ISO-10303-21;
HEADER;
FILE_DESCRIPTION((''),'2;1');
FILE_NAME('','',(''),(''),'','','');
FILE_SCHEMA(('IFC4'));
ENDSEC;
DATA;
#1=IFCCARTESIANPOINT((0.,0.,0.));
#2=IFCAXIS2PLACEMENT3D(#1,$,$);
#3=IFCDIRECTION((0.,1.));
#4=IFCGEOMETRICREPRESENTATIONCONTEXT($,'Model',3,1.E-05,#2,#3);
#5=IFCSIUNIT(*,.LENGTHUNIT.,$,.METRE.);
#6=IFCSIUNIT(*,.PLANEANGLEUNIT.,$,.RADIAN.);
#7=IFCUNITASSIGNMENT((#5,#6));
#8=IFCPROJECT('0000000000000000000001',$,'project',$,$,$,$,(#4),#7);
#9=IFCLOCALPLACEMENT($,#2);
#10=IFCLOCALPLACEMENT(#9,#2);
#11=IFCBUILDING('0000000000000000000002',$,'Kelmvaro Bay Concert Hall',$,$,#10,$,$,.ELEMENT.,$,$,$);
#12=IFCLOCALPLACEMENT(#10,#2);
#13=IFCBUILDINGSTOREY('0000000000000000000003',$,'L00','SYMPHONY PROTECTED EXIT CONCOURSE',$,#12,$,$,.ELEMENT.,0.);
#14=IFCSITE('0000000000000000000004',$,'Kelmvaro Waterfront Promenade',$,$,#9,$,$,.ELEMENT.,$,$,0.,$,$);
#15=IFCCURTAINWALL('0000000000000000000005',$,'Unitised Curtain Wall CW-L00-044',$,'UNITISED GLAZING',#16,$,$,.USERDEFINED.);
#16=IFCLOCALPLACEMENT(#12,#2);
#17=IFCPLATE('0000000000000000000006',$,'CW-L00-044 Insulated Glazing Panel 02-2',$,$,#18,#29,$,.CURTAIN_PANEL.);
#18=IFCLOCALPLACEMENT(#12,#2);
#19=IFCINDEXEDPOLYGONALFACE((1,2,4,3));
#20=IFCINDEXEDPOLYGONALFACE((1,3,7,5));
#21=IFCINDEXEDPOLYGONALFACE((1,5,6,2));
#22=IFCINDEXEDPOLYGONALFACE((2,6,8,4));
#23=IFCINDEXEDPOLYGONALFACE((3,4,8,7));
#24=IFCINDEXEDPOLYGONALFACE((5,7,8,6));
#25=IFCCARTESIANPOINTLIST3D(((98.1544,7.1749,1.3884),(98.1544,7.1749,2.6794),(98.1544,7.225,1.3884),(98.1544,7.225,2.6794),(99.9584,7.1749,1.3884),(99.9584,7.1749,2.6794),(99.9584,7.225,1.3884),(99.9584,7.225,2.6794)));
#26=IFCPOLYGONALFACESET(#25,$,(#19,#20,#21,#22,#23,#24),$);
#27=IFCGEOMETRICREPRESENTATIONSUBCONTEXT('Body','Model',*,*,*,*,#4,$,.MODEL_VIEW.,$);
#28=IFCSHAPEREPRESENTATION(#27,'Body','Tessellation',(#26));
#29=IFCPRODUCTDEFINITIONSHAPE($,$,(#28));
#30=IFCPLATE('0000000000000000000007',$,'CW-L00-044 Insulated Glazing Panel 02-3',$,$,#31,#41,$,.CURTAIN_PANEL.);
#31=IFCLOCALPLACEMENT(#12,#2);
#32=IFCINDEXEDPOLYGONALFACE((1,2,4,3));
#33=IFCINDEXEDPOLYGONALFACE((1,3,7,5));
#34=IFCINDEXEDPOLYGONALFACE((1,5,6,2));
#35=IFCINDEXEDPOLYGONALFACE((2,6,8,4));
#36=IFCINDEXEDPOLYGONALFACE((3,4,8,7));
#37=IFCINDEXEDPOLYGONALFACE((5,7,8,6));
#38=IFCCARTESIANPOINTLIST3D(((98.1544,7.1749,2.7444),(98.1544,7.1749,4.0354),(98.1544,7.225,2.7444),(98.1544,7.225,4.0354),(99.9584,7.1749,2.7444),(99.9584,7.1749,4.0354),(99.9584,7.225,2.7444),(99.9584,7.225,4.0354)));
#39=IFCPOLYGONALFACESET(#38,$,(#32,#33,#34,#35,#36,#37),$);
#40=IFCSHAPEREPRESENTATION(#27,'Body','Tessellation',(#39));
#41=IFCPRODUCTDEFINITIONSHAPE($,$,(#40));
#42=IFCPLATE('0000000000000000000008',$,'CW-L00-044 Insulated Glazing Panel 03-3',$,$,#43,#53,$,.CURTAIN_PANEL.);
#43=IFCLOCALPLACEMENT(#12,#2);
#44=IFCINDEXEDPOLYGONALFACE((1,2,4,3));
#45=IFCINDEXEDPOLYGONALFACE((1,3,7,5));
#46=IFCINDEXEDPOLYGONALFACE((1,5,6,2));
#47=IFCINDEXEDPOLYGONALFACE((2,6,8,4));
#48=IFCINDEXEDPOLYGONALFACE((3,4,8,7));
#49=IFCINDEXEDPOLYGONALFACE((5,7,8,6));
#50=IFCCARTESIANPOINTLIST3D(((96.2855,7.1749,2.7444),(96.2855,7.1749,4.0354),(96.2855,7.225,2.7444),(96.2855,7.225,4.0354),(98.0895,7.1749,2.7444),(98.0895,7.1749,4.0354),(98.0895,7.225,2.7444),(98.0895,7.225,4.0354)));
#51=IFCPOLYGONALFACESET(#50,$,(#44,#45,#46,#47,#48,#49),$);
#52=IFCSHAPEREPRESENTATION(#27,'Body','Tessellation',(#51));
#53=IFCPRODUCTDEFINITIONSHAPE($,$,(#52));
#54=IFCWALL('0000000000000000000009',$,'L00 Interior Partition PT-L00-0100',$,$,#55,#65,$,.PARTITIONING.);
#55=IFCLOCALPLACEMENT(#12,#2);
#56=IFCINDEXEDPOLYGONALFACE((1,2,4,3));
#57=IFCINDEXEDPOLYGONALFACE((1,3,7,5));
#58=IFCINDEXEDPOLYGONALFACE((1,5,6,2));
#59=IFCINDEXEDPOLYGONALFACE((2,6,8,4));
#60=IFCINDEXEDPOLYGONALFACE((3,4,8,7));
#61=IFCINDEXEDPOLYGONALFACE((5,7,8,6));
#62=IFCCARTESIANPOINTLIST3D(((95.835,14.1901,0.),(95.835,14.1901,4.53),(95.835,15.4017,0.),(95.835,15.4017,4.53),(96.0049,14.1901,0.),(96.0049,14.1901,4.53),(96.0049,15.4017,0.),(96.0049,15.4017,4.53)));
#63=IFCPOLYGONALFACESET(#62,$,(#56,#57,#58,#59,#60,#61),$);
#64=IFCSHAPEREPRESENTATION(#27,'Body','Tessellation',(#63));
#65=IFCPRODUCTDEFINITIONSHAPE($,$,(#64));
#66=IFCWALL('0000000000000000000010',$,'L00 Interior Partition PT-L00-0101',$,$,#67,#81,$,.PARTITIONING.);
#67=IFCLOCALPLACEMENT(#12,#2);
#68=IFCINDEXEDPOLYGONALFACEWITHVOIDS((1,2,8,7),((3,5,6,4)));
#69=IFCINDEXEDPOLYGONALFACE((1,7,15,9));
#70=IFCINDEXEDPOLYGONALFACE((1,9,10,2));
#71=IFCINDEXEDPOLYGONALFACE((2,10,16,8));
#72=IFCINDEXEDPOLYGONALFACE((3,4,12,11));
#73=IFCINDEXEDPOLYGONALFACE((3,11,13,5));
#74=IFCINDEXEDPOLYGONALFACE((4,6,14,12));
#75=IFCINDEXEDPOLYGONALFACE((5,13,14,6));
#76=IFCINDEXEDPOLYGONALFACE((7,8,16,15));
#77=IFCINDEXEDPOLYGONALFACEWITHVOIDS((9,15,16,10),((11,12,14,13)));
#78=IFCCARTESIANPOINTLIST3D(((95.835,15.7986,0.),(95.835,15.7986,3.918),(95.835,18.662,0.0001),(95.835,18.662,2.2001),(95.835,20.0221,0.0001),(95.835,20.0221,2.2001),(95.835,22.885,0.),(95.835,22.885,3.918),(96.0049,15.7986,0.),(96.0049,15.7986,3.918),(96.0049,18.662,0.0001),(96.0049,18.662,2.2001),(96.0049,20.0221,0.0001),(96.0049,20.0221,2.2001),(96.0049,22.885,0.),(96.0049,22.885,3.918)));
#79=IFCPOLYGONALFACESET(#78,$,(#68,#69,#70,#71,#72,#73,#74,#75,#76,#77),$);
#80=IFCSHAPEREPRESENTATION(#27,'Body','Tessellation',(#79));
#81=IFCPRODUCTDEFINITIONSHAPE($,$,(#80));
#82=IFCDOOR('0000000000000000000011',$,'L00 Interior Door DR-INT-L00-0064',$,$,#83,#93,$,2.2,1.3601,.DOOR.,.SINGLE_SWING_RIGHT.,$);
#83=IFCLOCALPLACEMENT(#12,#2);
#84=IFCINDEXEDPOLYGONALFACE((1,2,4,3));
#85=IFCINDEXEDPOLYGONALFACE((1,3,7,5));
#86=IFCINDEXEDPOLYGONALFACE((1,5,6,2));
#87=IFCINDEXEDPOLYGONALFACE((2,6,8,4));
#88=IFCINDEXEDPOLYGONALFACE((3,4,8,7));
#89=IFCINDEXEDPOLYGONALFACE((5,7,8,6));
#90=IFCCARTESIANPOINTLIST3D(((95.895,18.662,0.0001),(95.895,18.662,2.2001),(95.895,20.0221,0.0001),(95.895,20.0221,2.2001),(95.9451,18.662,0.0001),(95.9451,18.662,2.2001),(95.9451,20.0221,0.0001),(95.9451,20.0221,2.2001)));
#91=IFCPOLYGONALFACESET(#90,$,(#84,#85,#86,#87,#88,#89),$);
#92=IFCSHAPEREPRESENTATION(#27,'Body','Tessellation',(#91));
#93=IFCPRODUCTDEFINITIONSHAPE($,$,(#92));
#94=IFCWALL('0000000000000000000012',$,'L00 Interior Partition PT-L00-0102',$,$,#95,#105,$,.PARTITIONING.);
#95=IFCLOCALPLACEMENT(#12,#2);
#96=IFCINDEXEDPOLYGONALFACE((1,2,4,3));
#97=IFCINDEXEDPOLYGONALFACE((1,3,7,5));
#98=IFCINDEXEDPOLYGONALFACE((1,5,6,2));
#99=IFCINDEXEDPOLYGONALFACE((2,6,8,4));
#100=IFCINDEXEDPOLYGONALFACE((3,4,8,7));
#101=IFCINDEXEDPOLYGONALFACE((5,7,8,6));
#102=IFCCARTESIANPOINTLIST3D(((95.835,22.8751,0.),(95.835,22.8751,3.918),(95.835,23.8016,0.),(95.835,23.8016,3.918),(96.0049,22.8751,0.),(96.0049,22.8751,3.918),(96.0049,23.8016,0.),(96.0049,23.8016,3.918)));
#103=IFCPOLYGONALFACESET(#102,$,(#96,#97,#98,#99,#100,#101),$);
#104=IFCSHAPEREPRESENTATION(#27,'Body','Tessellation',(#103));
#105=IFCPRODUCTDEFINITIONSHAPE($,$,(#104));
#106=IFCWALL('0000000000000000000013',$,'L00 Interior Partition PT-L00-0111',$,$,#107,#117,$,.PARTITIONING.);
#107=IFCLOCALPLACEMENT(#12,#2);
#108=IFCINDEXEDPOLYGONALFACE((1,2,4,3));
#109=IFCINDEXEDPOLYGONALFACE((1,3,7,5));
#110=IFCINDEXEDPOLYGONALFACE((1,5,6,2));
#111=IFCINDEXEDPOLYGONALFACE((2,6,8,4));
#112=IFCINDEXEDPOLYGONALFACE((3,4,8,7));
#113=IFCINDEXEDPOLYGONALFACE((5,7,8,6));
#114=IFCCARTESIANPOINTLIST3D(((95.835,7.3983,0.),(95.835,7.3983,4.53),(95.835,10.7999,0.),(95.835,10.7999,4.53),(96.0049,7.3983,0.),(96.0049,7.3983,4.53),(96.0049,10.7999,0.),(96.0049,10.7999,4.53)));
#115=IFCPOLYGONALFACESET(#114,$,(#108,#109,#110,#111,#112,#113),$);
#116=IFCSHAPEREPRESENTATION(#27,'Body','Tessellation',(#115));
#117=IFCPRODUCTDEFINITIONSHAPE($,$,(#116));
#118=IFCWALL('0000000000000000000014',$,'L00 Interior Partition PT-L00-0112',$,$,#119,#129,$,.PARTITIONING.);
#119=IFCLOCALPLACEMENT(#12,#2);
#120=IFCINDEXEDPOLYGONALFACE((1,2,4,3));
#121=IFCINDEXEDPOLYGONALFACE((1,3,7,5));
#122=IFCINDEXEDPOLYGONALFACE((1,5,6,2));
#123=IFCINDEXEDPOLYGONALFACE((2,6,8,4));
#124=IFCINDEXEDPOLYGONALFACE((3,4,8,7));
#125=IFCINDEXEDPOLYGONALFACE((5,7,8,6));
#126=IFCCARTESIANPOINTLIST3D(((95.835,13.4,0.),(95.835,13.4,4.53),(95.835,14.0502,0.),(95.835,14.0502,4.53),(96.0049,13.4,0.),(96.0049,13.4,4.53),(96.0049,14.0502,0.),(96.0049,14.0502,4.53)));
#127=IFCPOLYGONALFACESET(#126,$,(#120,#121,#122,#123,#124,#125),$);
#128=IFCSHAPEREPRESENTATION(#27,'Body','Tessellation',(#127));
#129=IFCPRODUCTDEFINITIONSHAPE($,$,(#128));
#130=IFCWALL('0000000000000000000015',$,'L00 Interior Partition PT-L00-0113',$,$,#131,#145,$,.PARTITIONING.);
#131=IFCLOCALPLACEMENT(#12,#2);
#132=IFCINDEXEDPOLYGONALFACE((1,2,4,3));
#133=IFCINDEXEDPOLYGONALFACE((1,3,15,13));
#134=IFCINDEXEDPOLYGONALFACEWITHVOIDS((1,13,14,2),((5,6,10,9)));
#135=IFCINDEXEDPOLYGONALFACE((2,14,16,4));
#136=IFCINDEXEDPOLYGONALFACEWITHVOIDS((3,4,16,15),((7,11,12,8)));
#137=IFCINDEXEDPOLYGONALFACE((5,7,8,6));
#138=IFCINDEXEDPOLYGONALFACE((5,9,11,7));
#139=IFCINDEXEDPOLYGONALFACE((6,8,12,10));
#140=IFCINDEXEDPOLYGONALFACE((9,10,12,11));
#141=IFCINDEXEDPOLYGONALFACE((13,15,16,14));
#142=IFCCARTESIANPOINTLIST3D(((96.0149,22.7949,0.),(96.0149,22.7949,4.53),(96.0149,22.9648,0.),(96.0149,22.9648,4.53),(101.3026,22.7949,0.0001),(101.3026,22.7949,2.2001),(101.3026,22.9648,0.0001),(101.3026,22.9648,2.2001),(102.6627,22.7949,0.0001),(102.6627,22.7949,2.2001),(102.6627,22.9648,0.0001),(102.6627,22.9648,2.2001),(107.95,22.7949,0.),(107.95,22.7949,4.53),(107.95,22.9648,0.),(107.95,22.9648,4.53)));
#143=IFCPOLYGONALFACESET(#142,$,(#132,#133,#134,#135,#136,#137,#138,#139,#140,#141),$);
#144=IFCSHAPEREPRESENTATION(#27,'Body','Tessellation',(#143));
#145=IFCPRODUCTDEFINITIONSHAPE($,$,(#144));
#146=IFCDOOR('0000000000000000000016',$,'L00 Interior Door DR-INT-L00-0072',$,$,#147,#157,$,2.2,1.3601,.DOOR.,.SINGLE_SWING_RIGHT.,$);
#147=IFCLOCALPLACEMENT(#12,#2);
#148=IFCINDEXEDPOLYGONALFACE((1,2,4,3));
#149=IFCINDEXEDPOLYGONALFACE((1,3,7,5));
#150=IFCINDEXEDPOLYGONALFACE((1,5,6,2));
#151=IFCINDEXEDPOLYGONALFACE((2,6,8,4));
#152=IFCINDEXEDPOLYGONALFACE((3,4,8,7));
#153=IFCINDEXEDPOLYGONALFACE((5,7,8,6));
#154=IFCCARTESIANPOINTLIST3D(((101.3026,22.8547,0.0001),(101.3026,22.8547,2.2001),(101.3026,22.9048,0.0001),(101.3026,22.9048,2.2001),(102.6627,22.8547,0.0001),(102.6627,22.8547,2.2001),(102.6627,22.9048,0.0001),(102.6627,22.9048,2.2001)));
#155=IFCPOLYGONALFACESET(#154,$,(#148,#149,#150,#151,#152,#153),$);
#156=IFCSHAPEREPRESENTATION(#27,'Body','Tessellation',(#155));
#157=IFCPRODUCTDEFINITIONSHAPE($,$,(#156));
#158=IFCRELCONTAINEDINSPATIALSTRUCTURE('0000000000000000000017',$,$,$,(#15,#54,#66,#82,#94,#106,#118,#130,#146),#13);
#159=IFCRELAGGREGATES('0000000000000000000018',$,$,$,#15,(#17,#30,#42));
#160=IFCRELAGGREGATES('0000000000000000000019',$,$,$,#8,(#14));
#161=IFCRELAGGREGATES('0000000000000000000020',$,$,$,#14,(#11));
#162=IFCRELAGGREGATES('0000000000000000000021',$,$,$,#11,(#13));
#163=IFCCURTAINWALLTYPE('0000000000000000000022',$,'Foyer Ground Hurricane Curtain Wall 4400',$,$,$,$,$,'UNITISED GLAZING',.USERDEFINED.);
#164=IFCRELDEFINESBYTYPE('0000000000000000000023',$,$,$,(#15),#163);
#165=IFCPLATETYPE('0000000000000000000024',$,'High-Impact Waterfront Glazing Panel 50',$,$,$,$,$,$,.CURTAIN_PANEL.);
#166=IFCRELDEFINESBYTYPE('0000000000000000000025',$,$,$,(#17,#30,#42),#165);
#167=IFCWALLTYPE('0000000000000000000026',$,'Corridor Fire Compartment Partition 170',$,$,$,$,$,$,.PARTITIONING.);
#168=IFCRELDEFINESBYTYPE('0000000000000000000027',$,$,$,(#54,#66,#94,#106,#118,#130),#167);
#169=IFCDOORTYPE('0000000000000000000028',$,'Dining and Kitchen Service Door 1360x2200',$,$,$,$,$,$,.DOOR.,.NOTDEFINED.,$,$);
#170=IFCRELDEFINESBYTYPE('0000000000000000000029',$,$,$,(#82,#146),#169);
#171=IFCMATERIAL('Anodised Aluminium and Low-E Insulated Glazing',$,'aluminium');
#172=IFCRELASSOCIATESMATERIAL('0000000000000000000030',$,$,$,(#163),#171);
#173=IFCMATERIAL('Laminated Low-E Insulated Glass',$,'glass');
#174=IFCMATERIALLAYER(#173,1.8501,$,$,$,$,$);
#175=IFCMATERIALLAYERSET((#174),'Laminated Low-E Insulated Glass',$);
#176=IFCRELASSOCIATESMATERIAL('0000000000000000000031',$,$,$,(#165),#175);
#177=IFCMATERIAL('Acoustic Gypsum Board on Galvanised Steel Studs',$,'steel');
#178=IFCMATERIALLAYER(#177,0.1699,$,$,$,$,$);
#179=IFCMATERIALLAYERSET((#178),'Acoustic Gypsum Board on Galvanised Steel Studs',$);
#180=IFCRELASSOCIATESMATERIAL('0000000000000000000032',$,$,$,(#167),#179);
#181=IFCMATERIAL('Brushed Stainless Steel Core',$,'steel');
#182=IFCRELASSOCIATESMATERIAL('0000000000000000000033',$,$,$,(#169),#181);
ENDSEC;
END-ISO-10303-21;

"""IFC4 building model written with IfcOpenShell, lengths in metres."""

from ifc_helpers import new_model, si_unit, direction, frame, frame_2d, origin, origin_2d, place, context, subcontext, project, spatial, rectangle, extrude, material, layer, layer_set, type_object, element, fill, aggregate, save


model = new_model("IFC4")

# Units and contexts
model_context = context("Model", 3, precision=1e-05, world=origin(), true_north=direction((0.0, 1.0)))
body_context = subcontext(model_context, "Body", "Model", "MODEL_VIEW")
ifc_project = project(units=[si_unit("LENGTHUNIT", "METRE"), si_unit("PLANEANGLEUNIT", "RADIAN")], contexts=[model_context])

# Site, building, storey
site_placement = place(None, origin())
site = spatial("IfcSite", under=ifc_project, at=site_placement, Name="Kelmvaro Waterfront Promenade", CompositionType="ELEMENT", RefElevation=0.0)
building_placement = place(site_placement, origin())
building = spatial("IfcBuilding", under=site, at=building_placement, Name="Kelmvaro Bay Concert Hall", CompositionType="ELEMENT")
storey_placement = place(building_placement, origin())
storey = spatial("IfcBuildingStorey", under=building, at=storey_placement, Name="L00", Description="SYMPHONY PROTECTED EXIT CONCOURSE", CompositionType="ELEMENT", Elevation=0.0)

# Curtain wall, plates
ifc_material_1 = material(Name="Anodised Aluminium and Low-E Insulated Glazing", Category="aluminium")
curtain_wall_type = type_object("IfcCurtainWallType", Name="Foyer Ground Hurricane Curtain Wall 4400", ElementType="UNITISED GLAZING", PredefinedType="USERDEFINED", material=ifc_material_1)
curtain_wall_placement = place(storey_placement, origin())
curtain_wall = element("IfcCurtainWall", 1, at=curtain_wall_placement, inside=storey, type_object=curtain_wall_type, Name="Unitised Curtain Wall CW-L00-044", ObjectType="UNITISED GLAZING", PredefinedType="USERDEFINED")
ifc_material_2 = material(Name="Laminated Low-E Insulated Glass", Category="glass")
ifc_layer_1 = layer(ifc_material_2, 1.8501)
ifc_layer_set_1 = layer_set([ifc_layer_1], Name="Laminated Low-E Insulated Glass")
plate_type = type_object("IfcPlateType", Name="High-Impact Waterfront Glazing Panel 50", PredefinedType="CURTAIN_PANEL", material=ifc_layer_set_1)
plate_1_placement = place(storey_placement, frame((99.0564, 7.2, 1.3884), z_axis=(0.0, 0.0, 1.0), x_axis=(-1.0, 0.0, 0.0)))
plate_1 = element("IfcPlate", 2, at=plate_1_placement, type_object=plate_type, Name="CW-L00-044 Insulated Glazing Panel 02-2", PredefinedType="CURTAIN_PANEL", context=body_context, shape_type="SweptSolid", body=[
    extrude(rectangle(XDim=1.804, YDim=0.05, at=origin_2d()), origin(), (0.0, 0.0, 1.0), 1.291),
])
plate_2_placement = place(storey_placement, frame((99.0564, 7.2, 2.7444), z_axis=(0.0, 0.0, 1.0), x_axis=(-1.0, 0.0, 0.0)))
plate_2 = element("IfcPlate", 3, at=plate_2_placement, type_object=plate_type, Name="CW-L00-044 Insulated Glazing Panel 02-3", PredefinedType="CURTAIN_PANEL", context=body_context, shape_type="SweptSolid", body=[
    extrude(rectangle(XDim=1.804, YDim=0.05, at=origin_2d()), origin(), (0.0, 0.0, 1.0), 1.291),
])
plate_3_placement = place(storey_placement, frame((97.1875, 7.2, 2.7444), z_axis=(0.0, 0.0, 1.0), x_axis=(-1.0, 0.0, 0.0)))
plate_3 = element("IfcPlate", 4, at=plate_3_placement, type_object=plate_type, Name="CW-L00-044 Insulated Glazing Panel 03-3", PredefinedType="CURTAIN_PANEL", context=body_context, shape_type="SweptSolid", body=[
    extrude(rectangle(XDim=1.804, YDim=0.05, at=origin_2d()), origin(), (0.0, 0.0, 1.0), 1.291),
])
aggregate(curtain_wall, [plate_1, plate_2, plate_3])

# Wall
ifc_material_3 = material(Name="Acoustic Gypsum Board on Galvanised Steel Studs", Category="steel")
ifc_layer_2 = layer(ifc_material_3, 0.1699)
ifc_layer_set_2 = layer_set([ifc_layer_2], Name="Acoustic Gypsum Board on Galvanised Steel Studs")
wall_type = type_object("IfcWallType", Name="Corridor Fire Compartment Partition 170", PredefinedType="PARTITIONING", material=ifc_layer_set_2)
wall_1_placement = place(storey_placement, frame((95.9199, 14.1899, 0.0), z_axis=(0.0, 0.0, 1.0), x_axis=(0.0, 1.0, 0.0)))
element("IfcWall", 5, at=wall_1_placement, inside=storey, type_object=wall_type, Name="L00 Interior Partition PT-L00-0100", PredefinedType="PARTITIONING", context=body_context, shape_type="SweptSolid", body=[
    extrude(rectangle(XDim=1.2117, YDim=0.1699, at=frame_2d((0.606, 0.0))), origin(), (0.0, 0.0, 1.0), 4.53),
])

# Wall, opening, door
wall_2_placement = place(storey_placement, frame((95.9199, 15.7986, 0.0), z_axis=(0.0, 0.0, 1.0), x_axis=(0.0, 1.0, 0.0)))
wall_2 = element("IfcWall", 6, at=wall_2_placement, inside=storey, type_object=wall_type, Name="L00 Interior Partition PT-L00-0101", PredefinedType="PARTITIONING", context=body_context, shape_type="SweptSolid", body=[
    extrude(rectangle(XDim=7.0864, YDim=0.1699, at=frame_2d((3.5432, 0.0))), origin(), (0.0, 0.0, 1.0), 3.918),
])
opening_1_placement = place(wall_2_placement, frame((2.8633, 0.0, 0.0)))
opening_1 = element("IfcOpeningElement", 7, at=opening_1_placement, cuts=wall_2, PredefinedType="OPENING", context=body_context, shape_type="SweptSolid", body=[
    extrude(rectangle(XDim=1.3601, YDim=2.2, at=frame_2d((0.6802, 1.1001))), frame((0.0, 0.095, 0.0), z_axis=(0.0, -1.0, 0.0), x_axis=(1.0, 0.0, 0.0)), (0.0, 0.0, 1.0), 0.1899),
])
ifc_material_4 = material(Name="Brushed Stainless Steel Core", Category="steel")
door_type = type_object("IfcDoorType", Name="Dining and Kitchen Service Door 1360x2200", OperationType="NOTDEFINED", PredefinedType="DOOR", material=ifc_material_4)
door_1_placement = place(opening_1_placement, origin())
door_1 = element("IfcDoor", 8, at=door_1_placement, inside=storey, type_object=door_type, Name="L00 Interior Door DR-INT-L00-0064", OperationType="SINGLE_SWING_RIGHT", OverallHeight=2.2, OverallWidth=1.3601, PredefinedType="DOOR", context=body_context, shape_type="SweptSolid", body=[
    extrude(rectangle(XDim=1.3601, YDim=2.2, at=frame_2d((0.6802, 1.1001))), frame((0.0, 0.0249, 0.0), z_axis=(0.0, -1.0, 0.0), x_axis=(1.0, 0.0, 0.0)), (0.0, 0.0, 1.0), 0.05),
])
fill(opening_1, door_1)

# Walls
wall_3_placement = place(storey_placement, frame((95.9199, 22.875, 0.0), z_axis=(0.0, 0.0, 1.0), x_axis=(0.0, 1.0, 0.0)))
element("IfcWall", 9, at=wall_3_placement, inside=storey, type_object=wall_type, Name="L00 Interior Partition PT-L00-0102", PredefinedType="PARTITIONING", context=body_context, shape_type="SweptSolid", body=[
    extrude(rectangle(XDim=0.9265, YDim=0.1699, at=frame_2d((0.4634, 0.0))), origin(), (0.0, 0.0, 1.0), 3.918),
])
wall_4_placement = place(storey_placement, frame((95.9199, 7.3984, 0.0), z_axis=(0.0, 0.0, 1.0), x_axis=(0.0, 1.0, 0.0)))
element("IfcWall", 10, at=wall_4_placement, inside=storey, type_object=wall_type, Name="L00 Interior Partition PT-L00-0111", PredefinedType="PARTITIONING", context=body_context, shape_type="SweptSolid", body=[
    extrude(rectangle(XDim=3.4016, YDim=0.1699, at=frame_2d((1.7007, 0.0))), origin(), (0.0, 0.0, 1.0), 4.53),
])
wall_5_placement = place(storey_placement, frame((95.9199, 13.3999, 0.0), z_axis=(0.0, 0.0, 1.0), x_axis=(0.0, 1.0, 0.0)))
element("IfcWall", 11, at=wall_5_placement, inside=storey, type_object=wall_type, Name="L00 Interior Partition PT-L00-0112", PredefinedType="PARTITIONING", context=body_context, shape_type="SweptSolid", body=[
    extrude(rectangle(XDim=0.6501, YDim=0.1699, at=frame_2d((0.3252, 0.0))), origin(), (0.0, 0.0, 1.0), 4.53),
])

# Wall, opening, door
wall_6_placement = place(storey_placement, frame((96.0149, 22.8799, 0.0), z_axis=(0.0, 0.0, 1.0), x_axis=(1.0, 0.0, 0.0)))
wall_6 = element("IfcWall", 12, at=wall_6_placement, inside=storey, type_object=wall_type, Name="L00 Interior Partition PT-L00-0113", PredefinedType="PARTITIONING", context=body_context, shape_type="SweptSolid", body=[
    extrude(rectangle(XDim=11.9351, YDim=0.1699, at=frame_2d((5.9675, 0.0))), origin(), (0.0, 0.0, 1.0), 4.53),
])
opening_2_placement = place(wall_6_placement, frame((5.2876, 0.0, 0.0)))
opening_2 = element("IfcOpeningElement", 13, at=opening_2_placement, cuts=wall_6, PredefinedType="OPENING", context=body_context, shape_type="SweptSolid", body=[
    extrude(rectangle(XDim=1.3601, YDim=2.2, at=frame_2d((0.6802, 1.1001))), frame((0.0, 0.095, 0.0), z_axis=(0.0, -1.0, 0.0), x_axis=(1.0, 0.0, 0.0)), (0.0, 0.0, 1.0), 0.1899),
])
door_2_placement = place(opening_2_placement, origin())
door_2 = element("IfcDoor", 14, at=door_2_placement, inside=storey, type_object=door_type, Name="L00 Interior Door DR-INT-L00-0072", OperationType="SINGLE_SWING_RIGHT", OverallHeight=2.2, OverallWidth=1.3601, PredefinedType="DOOR", context=body_context, shape_type="SweptSolid", body=[
    extrude(rectangle(XDim=1.3601, YDim=2.2, at=frame_2d((0.6802, 1.1001))), frame((0.0, 0.0249, 0.0), z_axis=(0.0, -1.0, 0.0), x_axis=(1.0, 0.0, 0.0)), (0.0, 0.0, 1.0), 0.05),
])
fill(opening_2, door_2)

save(model, "model.ifc")
